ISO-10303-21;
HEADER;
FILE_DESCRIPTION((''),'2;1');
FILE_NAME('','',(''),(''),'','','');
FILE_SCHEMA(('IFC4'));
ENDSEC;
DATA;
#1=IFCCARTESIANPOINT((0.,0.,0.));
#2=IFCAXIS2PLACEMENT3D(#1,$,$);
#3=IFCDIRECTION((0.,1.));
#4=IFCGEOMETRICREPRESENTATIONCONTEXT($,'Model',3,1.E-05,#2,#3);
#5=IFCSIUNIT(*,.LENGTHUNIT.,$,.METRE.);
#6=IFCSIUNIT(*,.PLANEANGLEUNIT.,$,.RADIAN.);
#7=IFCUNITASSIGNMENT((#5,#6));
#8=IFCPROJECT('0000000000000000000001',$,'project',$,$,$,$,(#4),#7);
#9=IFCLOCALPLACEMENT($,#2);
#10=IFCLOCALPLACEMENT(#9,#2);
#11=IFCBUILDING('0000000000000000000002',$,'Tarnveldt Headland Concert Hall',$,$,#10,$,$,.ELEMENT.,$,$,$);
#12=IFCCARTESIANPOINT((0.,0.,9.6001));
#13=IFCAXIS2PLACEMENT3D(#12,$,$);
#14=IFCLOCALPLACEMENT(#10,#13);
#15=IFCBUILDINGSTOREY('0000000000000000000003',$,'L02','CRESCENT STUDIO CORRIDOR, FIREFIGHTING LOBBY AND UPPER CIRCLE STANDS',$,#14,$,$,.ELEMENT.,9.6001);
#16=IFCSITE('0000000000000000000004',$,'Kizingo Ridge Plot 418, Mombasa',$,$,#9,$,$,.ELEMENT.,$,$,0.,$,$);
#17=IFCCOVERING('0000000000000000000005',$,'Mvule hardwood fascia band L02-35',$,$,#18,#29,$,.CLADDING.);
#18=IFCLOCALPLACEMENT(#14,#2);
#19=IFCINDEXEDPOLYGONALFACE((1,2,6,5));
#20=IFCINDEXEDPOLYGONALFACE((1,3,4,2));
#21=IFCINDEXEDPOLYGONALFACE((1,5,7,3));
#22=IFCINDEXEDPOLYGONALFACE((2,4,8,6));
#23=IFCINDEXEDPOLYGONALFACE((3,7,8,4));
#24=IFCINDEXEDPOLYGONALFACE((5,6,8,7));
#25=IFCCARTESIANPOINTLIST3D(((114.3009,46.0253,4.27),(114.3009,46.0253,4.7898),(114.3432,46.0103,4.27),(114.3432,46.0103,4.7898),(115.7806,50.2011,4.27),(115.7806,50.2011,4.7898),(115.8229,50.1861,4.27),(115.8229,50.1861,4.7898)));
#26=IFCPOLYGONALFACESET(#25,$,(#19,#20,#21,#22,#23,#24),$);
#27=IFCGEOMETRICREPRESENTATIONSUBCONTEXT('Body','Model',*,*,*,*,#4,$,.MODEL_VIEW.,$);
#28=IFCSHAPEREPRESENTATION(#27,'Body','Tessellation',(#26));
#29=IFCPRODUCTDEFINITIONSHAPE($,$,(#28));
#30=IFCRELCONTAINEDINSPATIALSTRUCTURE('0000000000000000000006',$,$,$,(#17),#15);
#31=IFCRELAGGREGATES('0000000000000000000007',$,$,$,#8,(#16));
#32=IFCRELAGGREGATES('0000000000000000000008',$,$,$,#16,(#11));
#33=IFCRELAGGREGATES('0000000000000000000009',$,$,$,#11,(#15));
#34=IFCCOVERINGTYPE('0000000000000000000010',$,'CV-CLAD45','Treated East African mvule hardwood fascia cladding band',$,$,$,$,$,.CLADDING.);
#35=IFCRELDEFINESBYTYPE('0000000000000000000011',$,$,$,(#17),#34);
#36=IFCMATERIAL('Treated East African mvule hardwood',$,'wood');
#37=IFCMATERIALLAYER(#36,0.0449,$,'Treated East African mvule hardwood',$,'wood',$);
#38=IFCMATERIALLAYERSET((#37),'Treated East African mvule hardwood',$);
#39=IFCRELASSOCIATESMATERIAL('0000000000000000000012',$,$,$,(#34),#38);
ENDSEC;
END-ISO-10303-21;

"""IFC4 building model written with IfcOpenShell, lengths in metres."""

from ifc_helpers import new_model, si_unit, direction, frame, frame_2d, origin, place, context, subcontext, project, spatial, rectangle, extrude, material, layer, layer_set, type_object, element, save


model = new_model("IFC4")

# Units and contexts
model_context = context("Model", 3, precision=1e-05, world=origin(), true_north=direction((0.0, 1.0)))
body_context = subcontext(model_context, "Body", "Model", "MODEL_VIEW")
ifc_project = project(units=[si_unit("LENGTHUNIT", "METRE"), si_unit("PLANEANGLEUNIT", "RADIAN")], contexts=[model_context])

# Site, building, storey
site_placement = place(None, origin())
site = spatial("IfcSite", under=ifc_project, at=site_placement, Name="Kizingo Ridge Plot 418, Mombasa", CompositionType="ELEMENT", RefElevation=0.0)
building_placement = place(site_placement, origin())
building = spatial("IfcBuilding", under=site, at=building_placement, Name="Tarnveldt Headland Concert Hall", CompositionType="ELEMENT")
storey_placement = place(building_placement, frame((0.0, 0.0, 9.6001)))
storey = spatial("IfcBuildingStorey", under=building, at=storey_placement, Name="L02", Description="CRESCENT STUDIO CORRIDOR, FIREFIGHTING LOBBY AND UPPER CIRCLE STANDS", CompositionType="ELEMENT", Elevation=9.6001)

# Covering
ifc_material_1 = material(Name="Treated East African mvule hardwood", Category="wood")
ifc_layer_1 = layer(ifc_material_1, 0.0449, Name="Treated East African mvule hardwood", Category="wood")
ifc_layer_set_1 = layer_set([ifc_layer_1], Name="Treated East African mvule hardwood")
covering_type = type_object("IfcCoveringType", Name="CV-CLAD45", Description="Treated East African mvule hardwood fascia cladding band", PredefinedType="CLADDING", material=ifc_layer_set_1)
covering_placement = place(storey_placement, frame((114.322, 46.0178, 4.27), z_axis=(0.0, 0.0, 1.0), x_axis=(0.33401, 0.942569, 0.0)))
element("IfcCovering", 1, at=covering_placement, inside=storey, type_object=covering_type, Name="Mvule hardwood fascia band L02-35", PredefinedType="CLADDING", context=body_context, shape_type="SweptSolid", body=[
    extrude(rectangle(XDim=4.4302, YDim=0.0449, at=frame_2d((2.2151, 0.0))), origin(), (0.0, 0.0, 1.0), 0.5198),
])

save(model, "model.ifc")
